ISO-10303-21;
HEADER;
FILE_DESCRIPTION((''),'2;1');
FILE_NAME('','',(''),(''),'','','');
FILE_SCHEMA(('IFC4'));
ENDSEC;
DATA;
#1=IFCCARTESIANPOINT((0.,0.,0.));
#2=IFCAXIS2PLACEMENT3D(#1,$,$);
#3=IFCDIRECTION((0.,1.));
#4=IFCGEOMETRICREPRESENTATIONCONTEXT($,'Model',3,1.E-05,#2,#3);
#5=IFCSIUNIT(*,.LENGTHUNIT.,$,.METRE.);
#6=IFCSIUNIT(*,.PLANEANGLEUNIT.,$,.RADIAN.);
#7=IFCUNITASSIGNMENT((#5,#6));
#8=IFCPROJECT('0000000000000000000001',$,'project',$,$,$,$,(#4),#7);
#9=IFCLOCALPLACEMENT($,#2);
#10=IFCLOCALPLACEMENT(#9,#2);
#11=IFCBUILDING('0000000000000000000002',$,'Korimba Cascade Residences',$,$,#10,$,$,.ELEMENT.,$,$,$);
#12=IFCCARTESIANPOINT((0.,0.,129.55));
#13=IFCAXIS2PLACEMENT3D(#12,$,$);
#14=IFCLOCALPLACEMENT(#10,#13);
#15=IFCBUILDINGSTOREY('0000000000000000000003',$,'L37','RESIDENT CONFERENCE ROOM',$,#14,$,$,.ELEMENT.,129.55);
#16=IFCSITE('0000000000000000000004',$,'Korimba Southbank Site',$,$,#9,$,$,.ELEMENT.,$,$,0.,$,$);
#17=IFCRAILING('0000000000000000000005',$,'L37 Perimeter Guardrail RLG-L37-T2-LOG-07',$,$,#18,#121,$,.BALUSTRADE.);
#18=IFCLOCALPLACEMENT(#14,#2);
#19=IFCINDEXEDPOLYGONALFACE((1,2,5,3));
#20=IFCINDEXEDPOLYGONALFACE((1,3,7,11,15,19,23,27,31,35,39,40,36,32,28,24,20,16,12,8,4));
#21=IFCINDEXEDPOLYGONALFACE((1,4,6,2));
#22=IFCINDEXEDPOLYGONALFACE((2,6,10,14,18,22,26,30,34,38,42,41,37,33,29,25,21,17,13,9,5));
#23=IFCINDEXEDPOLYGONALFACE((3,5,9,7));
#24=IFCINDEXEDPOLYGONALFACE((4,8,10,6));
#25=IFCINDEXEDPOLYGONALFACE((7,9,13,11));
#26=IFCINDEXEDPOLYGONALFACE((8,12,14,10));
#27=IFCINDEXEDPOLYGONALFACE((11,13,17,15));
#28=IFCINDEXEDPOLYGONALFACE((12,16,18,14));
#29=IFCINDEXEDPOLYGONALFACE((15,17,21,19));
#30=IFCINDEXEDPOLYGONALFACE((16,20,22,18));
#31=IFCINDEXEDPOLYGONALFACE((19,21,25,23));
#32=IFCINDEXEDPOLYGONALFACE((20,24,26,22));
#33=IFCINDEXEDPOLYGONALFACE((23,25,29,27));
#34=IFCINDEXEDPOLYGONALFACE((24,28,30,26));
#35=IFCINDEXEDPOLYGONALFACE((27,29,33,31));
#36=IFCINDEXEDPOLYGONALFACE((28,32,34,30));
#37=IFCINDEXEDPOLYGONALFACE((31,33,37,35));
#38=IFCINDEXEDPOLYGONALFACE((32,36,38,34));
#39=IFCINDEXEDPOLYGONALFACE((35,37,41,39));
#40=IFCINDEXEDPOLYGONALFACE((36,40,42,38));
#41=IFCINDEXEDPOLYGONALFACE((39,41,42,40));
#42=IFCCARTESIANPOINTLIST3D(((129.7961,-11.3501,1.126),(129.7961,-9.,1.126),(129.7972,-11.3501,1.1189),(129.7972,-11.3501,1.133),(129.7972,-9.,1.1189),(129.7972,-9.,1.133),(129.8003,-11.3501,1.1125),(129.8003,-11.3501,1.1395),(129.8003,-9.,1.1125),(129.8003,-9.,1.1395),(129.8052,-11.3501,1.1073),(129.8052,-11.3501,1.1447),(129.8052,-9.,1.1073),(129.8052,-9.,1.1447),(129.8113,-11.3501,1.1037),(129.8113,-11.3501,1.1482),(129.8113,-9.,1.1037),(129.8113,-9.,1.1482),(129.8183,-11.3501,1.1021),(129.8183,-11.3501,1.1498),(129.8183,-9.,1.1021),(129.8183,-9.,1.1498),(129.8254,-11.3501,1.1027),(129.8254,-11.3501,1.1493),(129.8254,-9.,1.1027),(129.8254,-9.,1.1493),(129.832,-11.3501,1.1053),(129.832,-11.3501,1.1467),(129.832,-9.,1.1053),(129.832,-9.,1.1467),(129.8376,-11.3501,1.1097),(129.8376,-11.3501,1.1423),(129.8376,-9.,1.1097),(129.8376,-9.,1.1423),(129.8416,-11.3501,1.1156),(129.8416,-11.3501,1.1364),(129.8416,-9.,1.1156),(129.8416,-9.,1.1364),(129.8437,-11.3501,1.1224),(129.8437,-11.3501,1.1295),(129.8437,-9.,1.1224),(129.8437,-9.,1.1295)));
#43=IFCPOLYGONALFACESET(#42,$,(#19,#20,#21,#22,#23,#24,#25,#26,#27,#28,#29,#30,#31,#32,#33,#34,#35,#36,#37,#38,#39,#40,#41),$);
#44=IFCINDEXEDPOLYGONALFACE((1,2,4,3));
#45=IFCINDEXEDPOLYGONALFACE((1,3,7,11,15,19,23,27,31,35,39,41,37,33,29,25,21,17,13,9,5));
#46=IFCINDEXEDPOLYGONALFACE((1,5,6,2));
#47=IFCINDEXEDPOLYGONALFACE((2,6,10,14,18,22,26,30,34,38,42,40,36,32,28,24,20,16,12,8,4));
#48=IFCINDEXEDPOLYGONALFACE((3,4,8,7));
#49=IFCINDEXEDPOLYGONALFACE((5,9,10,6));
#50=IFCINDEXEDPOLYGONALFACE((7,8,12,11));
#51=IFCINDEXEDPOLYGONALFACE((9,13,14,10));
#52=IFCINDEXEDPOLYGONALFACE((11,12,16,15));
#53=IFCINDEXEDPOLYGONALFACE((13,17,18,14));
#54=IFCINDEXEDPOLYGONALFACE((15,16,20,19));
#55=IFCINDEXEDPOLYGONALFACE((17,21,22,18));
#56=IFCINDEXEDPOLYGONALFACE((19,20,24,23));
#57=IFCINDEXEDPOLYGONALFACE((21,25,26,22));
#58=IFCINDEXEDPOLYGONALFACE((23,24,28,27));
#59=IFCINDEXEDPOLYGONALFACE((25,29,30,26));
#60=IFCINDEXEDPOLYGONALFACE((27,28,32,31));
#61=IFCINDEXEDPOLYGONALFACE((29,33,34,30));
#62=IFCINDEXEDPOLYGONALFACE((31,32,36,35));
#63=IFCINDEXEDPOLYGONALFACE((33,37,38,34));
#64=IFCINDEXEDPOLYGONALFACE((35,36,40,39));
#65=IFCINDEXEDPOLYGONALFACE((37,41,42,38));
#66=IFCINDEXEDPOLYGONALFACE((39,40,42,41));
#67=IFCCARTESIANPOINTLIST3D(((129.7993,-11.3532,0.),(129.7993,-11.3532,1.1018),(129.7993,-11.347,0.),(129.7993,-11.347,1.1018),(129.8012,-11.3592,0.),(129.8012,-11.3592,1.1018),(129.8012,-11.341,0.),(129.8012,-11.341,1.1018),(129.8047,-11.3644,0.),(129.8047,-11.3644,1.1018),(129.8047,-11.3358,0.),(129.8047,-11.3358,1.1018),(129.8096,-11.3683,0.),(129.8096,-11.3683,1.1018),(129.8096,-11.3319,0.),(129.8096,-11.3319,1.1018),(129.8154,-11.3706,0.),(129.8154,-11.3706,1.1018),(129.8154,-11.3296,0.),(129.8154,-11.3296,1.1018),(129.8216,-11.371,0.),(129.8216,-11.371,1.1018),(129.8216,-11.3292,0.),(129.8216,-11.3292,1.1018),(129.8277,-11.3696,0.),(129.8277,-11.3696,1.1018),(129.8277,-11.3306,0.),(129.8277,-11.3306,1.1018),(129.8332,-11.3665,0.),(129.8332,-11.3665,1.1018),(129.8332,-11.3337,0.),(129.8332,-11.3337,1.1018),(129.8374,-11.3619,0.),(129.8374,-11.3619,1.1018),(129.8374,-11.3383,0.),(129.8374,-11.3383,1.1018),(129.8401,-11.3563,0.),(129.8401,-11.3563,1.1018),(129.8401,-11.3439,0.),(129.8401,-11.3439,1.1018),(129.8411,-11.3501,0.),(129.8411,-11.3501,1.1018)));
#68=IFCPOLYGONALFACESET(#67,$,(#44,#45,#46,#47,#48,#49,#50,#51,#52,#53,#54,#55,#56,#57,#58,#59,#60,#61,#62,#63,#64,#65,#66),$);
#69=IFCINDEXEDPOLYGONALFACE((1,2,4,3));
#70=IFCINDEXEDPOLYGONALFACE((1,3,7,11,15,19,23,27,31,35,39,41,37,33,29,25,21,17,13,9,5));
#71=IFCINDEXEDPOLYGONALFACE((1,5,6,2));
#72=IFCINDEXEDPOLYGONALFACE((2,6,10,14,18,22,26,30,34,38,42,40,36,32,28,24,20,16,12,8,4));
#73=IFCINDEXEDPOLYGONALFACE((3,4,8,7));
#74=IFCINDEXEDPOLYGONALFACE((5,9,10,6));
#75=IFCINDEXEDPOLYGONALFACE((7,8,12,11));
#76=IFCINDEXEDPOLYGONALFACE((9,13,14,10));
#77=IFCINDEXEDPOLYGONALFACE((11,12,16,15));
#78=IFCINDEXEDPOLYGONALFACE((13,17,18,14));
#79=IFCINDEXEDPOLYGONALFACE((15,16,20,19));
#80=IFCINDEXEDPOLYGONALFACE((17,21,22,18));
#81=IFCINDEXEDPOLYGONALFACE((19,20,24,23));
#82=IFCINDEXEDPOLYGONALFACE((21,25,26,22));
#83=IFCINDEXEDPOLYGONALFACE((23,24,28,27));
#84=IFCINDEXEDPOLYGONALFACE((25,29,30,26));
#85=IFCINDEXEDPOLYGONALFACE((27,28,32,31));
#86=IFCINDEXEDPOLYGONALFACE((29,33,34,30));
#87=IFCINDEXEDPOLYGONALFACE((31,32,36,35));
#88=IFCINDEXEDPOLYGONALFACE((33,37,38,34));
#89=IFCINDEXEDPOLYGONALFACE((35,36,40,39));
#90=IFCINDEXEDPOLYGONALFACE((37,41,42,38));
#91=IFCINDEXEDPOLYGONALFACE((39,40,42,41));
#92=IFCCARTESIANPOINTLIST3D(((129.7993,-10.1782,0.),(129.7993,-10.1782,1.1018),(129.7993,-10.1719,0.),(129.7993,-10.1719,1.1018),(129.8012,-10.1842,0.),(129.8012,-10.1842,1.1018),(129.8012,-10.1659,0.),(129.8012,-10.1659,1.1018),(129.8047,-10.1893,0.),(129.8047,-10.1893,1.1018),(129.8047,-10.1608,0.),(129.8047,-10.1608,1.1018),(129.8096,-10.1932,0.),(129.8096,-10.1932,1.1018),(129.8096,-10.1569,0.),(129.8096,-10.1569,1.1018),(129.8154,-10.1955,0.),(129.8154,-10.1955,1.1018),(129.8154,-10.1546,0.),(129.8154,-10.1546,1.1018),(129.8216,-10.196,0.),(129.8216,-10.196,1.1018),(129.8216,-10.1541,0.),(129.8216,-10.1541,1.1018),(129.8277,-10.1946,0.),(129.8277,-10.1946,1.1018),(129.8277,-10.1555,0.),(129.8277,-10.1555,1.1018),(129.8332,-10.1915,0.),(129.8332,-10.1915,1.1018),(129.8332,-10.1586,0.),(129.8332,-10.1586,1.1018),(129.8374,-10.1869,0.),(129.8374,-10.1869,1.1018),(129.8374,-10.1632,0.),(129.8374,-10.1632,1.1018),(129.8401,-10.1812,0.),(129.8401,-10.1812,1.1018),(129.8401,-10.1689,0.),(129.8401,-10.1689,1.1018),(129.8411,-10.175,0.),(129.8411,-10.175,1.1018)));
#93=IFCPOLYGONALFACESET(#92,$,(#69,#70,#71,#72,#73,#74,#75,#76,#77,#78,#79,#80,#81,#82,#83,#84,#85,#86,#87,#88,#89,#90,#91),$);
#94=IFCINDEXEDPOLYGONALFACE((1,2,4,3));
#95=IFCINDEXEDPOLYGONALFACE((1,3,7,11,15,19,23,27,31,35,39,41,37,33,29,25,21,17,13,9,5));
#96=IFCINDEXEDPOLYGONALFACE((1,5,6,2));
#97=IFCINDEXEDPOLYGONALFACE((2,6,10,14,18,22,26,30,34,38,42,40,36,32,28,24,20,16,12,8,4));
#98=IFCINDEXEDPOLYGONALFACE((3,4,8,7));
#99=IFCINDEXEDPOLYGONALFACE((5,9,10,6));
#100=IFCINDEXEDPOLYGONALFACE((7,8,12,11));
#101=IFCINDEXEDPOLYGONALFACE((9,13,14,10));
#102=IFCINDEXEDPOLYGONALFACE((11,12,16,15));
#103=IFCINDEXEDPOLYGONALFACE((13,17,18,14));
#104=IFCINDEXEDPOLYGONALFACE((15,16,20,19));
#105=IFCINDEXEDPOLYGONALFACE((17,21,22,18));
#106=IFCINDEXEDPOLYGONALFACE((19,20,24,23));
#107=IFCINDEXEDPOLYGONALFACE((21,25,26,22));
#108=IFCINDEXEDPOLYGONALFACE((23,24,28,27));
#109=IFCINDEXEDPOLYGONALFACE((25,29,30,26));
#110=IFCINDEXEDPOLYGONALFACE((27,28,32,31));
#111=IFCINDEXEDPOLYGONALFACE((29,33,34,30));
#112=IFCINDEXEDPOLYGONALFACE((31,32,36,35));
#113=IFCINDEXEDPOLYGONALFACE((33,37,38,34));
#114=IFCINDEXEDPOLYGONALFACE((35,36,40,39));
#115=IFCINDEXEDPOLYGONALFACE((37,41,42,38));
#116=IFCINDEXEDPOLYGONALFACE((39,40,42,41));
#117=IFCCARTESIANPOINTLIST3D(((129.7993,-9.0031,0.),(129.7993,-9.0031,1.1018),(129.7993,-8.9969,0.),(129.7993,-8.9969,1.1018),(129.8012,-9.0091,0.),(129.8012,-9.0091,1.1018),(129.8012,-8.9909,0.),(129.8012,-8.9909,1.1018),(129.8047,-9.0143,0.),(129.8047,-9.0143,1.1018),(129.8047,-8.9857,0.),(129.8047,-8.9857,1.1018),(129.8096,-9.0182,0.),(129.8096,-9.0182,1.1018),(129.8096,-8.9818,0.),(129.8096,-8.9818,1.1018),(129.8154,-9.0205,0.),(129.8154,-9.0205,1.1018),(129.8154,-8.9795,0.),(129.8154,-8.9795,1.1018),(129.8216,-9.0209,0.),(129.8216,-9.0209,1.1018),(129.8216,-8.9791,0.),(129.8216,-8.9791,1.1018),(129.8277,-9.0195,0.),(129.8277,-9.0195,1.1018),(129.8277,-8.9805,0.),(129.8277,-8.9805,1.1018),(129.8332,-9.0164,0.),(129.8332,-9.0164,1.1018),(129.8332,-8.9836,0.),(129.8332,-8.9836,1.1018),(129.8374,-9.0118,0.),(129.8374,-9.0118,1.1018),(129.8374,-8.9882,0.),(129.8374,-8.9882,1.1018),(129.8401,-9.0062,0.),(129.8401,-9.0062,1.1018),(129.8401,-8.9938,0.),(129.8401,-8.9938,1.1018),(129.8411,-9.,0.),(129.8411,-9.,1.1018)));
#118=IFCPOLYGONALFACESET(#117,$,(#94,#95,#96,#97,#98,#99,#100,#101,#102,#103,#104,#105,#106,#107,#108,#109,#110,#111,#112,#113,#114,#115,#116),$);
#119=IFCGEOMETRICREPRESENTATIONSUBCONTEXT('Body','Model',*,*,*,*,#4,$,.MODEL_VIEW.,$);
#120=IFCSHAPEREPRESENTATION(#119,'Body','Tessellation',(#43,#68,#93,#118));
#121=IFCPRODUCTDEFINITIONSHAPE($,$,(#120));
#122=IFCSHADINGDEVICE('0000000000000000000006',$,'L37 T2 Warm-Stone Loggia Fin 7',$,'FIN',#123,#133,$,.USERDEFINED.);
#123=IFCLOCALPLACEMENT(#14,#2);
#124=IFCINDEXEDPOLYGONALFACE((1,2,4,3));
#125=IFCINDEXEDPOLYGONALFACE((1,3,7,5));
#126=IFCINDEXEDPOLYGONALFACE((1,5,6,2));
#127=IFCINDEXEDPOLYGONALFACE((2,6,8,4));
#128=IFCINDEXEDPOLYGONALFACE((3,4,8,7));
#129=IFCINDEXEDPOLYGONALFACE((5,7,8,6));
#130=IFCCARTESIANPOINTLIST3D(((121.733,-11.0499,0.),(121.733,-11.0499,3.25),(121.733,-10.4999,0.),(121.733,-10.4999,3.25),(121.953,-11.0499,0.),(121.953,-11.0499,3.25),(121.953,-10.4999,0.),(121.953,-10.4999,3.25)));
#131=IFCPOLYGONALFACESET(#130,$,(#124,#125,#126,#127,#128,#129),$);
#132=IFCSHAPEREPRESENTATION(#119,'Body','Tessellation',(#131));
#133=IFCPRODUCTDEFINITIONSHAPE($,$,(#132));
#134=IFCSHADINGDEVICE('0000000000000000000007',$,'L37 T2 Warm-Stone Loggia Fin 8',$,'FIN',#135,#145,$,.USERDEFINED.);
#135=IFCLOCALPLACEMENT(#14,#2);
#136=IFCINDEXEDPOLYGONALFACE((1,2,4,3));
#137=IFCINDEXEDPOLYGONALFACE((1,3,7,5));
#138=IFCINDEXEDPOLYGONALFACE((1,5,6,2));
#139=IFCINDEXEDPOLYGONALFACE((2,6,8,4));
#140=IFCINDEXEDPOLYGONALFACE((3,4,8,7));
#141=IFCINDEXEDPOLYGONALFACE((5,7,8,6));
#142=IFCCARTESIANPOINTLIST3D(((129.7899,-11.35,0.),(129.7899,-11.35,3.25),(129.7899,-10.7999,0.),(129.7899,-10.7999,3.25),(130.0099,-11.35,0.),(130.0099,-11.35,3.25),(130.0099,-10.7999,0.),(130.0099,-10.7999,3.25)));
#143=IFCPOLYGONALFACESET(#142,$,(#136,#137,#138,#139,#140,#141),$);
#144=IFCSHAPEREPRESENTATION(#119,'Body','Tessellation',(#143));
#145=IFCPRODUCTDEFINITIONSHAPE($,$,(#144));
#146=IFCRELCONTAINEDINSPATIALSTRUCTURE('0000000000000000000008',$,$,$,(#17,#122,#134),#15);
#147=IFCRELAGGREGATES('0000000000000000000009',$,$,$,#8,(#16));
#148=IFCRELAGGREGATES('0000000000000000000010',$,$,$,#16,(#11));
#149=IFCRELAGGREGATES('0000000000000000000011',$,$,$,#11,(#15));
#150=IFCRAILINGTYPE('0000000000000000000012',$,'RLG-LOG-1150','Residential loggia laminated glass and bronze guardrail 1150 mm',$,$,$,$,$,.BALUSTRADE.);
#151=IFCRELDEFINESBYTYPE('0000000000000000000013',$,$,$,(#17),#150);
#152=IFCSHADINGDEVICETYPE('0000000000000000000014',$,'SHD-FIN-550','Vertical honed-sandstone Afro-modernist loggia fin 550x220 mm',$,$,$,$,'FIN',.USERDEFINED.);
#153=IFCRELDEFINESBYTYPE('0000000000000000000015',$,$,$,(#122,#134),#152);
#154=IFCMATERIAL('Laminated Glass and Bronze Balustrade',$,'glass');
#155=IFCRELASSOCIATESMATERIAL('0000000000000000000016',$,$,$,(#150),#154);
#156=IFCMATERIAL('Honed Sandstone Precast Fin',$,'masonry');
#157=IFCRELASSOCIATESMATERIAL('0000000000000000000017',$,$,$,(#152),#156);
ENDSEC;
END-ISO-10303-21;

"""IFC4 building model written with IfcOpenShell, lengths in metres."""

from ifc_helpers import new_model, si_unit, direction, frame, origin, origin_2d, place, context, subcontext, project, spatial, rectangle, circle, extrude, material, type_object, element, save


model = new_model("IFC4")

# Units and contexts
model_context = context("Model", 3, precision=1e-05, world=origin(), true_north=direction((0.0, 1.0)))
body_context = subcontext(model_context, "Body", "Model", "MODEL_VIEW")
ifc_project = project(units=[si_unit("LENGTHUNIT", "METRE"), si_unit("PLANEANGLEUNIT", "RADIAN")], contexts=[model_context])

# Site, building, storey
site_placement = place(None, origin())
site = spatial("IfcSite", under=ifc_project, at=site_placement, Name="Korimba Southbank Site", CompositionType="ELEMENT", RefElevation=0.0)
building_placement = place(site_placement, origin())
building = spatial("IfcBuilding", under=site, at=building_placement, Name="Korimba Cascade Residences", CompositionType="ELEMENT")
storey_placement = place(building_placement, frame((0.0, 0.0, 129.55)))
storey = spatial("IfcBuildingStorey", under=building, at=storey_placement, Name="L37", Description="RESIDENT CONFERENCE ROOM", CompositionType="ELEMENT", Elevation=129.55)

# Railing
ifc_material_1 = material(Name="Laminated Glass and Bronze Balustrade", Category="glass")
railing_type = type_object("IfcRailingType", Name="RLG-LOG-1150", Description="Residential loggia laminated glass and bronze guardrail 1150 mm", PredefinedType="BALUSTRADE", material=ifc_material_1)
railing_1_placement = place(storey_placement, frame((129.8201, -11.3501, 0.0)))
element("IfcRailing", 1, at=railing_1_placement, inside=storey, type_object=railing_type, Name="L37 Perimeter Guardrail RLG-L37-T2-LOG-07", PredefinedType="BALUSTRADE", context=body_context, shape_type="SweptSolid", body=[
    extrude(circle(Radius=0.0239, at=origin_2d()), frame((0.0, 0.0, 1.126), z_axis=(0.0, 1.0, 0.0), x_axis=(-1.0, 0.0, 0.0)), (0.0, 0.0, 1.0), 2.3501),
    extrude(circle(Radius=0.021, at=origin_2d()), origin(), (0.0, 0.0, 1.0), 1.1018),
    extrude(circle(Radius=0.021, at=origin_2d()), frame((0.0, 1.175, 0.0)), (0.0, 0.0, 1.0), 1.1018),
    extrude(circle(Radius=0.021, at=origin_2d()), frame((0.0, 2.3501, 0.0)), (0.0, 0.0, 1.0), 1.1018),
])

# Shading devices
ifc_material_2 = material(Name="Honed Sandstone Precast Fin", Category="masonry")
shading_device_type = type_object("IfcShadingDeviceType", Name="SHD-FIN-550", Description="Vertical honed-sandstone Afro-modernist loggia fin 550x220 mm", ElementType="FIN", PredefinedType="USERDEFINED", material=ifc_material_2)
for number, where, z_axis, x_axis, name in (
    (2, (121.843, -10.7749, 0.0), (0.0, 0.0, 1.0), (1.0, 0.0, 0.0), "L37 T2 Warm-Stone Loggia Fin 7"),
    (3, (129.8999, -11.075, 0.0), (0.0, 0.0, 1.0), (1.0, 0.0, 0.0), "L37 T2 Warm-Stone Loggia Fin 8"),
):
    element("IfcShadingDevice", number, at=place(storey_placement, frame(where, z_axis=z_axis, x_axis=x_axis)), inside=storey, type_object=shading_device_type, Name=name, ObjectType="FIN", PredefinedType="USERDEFINED", context=body_context, shape_type="SweptSolid", body=[
        extrude(rectangle(XDim=0.22, YDim=0.55, at=origin_2d()), origin(), (0.0, 0.0, 1.0), 3.25),
    ])

save(model, "model.ifc")
